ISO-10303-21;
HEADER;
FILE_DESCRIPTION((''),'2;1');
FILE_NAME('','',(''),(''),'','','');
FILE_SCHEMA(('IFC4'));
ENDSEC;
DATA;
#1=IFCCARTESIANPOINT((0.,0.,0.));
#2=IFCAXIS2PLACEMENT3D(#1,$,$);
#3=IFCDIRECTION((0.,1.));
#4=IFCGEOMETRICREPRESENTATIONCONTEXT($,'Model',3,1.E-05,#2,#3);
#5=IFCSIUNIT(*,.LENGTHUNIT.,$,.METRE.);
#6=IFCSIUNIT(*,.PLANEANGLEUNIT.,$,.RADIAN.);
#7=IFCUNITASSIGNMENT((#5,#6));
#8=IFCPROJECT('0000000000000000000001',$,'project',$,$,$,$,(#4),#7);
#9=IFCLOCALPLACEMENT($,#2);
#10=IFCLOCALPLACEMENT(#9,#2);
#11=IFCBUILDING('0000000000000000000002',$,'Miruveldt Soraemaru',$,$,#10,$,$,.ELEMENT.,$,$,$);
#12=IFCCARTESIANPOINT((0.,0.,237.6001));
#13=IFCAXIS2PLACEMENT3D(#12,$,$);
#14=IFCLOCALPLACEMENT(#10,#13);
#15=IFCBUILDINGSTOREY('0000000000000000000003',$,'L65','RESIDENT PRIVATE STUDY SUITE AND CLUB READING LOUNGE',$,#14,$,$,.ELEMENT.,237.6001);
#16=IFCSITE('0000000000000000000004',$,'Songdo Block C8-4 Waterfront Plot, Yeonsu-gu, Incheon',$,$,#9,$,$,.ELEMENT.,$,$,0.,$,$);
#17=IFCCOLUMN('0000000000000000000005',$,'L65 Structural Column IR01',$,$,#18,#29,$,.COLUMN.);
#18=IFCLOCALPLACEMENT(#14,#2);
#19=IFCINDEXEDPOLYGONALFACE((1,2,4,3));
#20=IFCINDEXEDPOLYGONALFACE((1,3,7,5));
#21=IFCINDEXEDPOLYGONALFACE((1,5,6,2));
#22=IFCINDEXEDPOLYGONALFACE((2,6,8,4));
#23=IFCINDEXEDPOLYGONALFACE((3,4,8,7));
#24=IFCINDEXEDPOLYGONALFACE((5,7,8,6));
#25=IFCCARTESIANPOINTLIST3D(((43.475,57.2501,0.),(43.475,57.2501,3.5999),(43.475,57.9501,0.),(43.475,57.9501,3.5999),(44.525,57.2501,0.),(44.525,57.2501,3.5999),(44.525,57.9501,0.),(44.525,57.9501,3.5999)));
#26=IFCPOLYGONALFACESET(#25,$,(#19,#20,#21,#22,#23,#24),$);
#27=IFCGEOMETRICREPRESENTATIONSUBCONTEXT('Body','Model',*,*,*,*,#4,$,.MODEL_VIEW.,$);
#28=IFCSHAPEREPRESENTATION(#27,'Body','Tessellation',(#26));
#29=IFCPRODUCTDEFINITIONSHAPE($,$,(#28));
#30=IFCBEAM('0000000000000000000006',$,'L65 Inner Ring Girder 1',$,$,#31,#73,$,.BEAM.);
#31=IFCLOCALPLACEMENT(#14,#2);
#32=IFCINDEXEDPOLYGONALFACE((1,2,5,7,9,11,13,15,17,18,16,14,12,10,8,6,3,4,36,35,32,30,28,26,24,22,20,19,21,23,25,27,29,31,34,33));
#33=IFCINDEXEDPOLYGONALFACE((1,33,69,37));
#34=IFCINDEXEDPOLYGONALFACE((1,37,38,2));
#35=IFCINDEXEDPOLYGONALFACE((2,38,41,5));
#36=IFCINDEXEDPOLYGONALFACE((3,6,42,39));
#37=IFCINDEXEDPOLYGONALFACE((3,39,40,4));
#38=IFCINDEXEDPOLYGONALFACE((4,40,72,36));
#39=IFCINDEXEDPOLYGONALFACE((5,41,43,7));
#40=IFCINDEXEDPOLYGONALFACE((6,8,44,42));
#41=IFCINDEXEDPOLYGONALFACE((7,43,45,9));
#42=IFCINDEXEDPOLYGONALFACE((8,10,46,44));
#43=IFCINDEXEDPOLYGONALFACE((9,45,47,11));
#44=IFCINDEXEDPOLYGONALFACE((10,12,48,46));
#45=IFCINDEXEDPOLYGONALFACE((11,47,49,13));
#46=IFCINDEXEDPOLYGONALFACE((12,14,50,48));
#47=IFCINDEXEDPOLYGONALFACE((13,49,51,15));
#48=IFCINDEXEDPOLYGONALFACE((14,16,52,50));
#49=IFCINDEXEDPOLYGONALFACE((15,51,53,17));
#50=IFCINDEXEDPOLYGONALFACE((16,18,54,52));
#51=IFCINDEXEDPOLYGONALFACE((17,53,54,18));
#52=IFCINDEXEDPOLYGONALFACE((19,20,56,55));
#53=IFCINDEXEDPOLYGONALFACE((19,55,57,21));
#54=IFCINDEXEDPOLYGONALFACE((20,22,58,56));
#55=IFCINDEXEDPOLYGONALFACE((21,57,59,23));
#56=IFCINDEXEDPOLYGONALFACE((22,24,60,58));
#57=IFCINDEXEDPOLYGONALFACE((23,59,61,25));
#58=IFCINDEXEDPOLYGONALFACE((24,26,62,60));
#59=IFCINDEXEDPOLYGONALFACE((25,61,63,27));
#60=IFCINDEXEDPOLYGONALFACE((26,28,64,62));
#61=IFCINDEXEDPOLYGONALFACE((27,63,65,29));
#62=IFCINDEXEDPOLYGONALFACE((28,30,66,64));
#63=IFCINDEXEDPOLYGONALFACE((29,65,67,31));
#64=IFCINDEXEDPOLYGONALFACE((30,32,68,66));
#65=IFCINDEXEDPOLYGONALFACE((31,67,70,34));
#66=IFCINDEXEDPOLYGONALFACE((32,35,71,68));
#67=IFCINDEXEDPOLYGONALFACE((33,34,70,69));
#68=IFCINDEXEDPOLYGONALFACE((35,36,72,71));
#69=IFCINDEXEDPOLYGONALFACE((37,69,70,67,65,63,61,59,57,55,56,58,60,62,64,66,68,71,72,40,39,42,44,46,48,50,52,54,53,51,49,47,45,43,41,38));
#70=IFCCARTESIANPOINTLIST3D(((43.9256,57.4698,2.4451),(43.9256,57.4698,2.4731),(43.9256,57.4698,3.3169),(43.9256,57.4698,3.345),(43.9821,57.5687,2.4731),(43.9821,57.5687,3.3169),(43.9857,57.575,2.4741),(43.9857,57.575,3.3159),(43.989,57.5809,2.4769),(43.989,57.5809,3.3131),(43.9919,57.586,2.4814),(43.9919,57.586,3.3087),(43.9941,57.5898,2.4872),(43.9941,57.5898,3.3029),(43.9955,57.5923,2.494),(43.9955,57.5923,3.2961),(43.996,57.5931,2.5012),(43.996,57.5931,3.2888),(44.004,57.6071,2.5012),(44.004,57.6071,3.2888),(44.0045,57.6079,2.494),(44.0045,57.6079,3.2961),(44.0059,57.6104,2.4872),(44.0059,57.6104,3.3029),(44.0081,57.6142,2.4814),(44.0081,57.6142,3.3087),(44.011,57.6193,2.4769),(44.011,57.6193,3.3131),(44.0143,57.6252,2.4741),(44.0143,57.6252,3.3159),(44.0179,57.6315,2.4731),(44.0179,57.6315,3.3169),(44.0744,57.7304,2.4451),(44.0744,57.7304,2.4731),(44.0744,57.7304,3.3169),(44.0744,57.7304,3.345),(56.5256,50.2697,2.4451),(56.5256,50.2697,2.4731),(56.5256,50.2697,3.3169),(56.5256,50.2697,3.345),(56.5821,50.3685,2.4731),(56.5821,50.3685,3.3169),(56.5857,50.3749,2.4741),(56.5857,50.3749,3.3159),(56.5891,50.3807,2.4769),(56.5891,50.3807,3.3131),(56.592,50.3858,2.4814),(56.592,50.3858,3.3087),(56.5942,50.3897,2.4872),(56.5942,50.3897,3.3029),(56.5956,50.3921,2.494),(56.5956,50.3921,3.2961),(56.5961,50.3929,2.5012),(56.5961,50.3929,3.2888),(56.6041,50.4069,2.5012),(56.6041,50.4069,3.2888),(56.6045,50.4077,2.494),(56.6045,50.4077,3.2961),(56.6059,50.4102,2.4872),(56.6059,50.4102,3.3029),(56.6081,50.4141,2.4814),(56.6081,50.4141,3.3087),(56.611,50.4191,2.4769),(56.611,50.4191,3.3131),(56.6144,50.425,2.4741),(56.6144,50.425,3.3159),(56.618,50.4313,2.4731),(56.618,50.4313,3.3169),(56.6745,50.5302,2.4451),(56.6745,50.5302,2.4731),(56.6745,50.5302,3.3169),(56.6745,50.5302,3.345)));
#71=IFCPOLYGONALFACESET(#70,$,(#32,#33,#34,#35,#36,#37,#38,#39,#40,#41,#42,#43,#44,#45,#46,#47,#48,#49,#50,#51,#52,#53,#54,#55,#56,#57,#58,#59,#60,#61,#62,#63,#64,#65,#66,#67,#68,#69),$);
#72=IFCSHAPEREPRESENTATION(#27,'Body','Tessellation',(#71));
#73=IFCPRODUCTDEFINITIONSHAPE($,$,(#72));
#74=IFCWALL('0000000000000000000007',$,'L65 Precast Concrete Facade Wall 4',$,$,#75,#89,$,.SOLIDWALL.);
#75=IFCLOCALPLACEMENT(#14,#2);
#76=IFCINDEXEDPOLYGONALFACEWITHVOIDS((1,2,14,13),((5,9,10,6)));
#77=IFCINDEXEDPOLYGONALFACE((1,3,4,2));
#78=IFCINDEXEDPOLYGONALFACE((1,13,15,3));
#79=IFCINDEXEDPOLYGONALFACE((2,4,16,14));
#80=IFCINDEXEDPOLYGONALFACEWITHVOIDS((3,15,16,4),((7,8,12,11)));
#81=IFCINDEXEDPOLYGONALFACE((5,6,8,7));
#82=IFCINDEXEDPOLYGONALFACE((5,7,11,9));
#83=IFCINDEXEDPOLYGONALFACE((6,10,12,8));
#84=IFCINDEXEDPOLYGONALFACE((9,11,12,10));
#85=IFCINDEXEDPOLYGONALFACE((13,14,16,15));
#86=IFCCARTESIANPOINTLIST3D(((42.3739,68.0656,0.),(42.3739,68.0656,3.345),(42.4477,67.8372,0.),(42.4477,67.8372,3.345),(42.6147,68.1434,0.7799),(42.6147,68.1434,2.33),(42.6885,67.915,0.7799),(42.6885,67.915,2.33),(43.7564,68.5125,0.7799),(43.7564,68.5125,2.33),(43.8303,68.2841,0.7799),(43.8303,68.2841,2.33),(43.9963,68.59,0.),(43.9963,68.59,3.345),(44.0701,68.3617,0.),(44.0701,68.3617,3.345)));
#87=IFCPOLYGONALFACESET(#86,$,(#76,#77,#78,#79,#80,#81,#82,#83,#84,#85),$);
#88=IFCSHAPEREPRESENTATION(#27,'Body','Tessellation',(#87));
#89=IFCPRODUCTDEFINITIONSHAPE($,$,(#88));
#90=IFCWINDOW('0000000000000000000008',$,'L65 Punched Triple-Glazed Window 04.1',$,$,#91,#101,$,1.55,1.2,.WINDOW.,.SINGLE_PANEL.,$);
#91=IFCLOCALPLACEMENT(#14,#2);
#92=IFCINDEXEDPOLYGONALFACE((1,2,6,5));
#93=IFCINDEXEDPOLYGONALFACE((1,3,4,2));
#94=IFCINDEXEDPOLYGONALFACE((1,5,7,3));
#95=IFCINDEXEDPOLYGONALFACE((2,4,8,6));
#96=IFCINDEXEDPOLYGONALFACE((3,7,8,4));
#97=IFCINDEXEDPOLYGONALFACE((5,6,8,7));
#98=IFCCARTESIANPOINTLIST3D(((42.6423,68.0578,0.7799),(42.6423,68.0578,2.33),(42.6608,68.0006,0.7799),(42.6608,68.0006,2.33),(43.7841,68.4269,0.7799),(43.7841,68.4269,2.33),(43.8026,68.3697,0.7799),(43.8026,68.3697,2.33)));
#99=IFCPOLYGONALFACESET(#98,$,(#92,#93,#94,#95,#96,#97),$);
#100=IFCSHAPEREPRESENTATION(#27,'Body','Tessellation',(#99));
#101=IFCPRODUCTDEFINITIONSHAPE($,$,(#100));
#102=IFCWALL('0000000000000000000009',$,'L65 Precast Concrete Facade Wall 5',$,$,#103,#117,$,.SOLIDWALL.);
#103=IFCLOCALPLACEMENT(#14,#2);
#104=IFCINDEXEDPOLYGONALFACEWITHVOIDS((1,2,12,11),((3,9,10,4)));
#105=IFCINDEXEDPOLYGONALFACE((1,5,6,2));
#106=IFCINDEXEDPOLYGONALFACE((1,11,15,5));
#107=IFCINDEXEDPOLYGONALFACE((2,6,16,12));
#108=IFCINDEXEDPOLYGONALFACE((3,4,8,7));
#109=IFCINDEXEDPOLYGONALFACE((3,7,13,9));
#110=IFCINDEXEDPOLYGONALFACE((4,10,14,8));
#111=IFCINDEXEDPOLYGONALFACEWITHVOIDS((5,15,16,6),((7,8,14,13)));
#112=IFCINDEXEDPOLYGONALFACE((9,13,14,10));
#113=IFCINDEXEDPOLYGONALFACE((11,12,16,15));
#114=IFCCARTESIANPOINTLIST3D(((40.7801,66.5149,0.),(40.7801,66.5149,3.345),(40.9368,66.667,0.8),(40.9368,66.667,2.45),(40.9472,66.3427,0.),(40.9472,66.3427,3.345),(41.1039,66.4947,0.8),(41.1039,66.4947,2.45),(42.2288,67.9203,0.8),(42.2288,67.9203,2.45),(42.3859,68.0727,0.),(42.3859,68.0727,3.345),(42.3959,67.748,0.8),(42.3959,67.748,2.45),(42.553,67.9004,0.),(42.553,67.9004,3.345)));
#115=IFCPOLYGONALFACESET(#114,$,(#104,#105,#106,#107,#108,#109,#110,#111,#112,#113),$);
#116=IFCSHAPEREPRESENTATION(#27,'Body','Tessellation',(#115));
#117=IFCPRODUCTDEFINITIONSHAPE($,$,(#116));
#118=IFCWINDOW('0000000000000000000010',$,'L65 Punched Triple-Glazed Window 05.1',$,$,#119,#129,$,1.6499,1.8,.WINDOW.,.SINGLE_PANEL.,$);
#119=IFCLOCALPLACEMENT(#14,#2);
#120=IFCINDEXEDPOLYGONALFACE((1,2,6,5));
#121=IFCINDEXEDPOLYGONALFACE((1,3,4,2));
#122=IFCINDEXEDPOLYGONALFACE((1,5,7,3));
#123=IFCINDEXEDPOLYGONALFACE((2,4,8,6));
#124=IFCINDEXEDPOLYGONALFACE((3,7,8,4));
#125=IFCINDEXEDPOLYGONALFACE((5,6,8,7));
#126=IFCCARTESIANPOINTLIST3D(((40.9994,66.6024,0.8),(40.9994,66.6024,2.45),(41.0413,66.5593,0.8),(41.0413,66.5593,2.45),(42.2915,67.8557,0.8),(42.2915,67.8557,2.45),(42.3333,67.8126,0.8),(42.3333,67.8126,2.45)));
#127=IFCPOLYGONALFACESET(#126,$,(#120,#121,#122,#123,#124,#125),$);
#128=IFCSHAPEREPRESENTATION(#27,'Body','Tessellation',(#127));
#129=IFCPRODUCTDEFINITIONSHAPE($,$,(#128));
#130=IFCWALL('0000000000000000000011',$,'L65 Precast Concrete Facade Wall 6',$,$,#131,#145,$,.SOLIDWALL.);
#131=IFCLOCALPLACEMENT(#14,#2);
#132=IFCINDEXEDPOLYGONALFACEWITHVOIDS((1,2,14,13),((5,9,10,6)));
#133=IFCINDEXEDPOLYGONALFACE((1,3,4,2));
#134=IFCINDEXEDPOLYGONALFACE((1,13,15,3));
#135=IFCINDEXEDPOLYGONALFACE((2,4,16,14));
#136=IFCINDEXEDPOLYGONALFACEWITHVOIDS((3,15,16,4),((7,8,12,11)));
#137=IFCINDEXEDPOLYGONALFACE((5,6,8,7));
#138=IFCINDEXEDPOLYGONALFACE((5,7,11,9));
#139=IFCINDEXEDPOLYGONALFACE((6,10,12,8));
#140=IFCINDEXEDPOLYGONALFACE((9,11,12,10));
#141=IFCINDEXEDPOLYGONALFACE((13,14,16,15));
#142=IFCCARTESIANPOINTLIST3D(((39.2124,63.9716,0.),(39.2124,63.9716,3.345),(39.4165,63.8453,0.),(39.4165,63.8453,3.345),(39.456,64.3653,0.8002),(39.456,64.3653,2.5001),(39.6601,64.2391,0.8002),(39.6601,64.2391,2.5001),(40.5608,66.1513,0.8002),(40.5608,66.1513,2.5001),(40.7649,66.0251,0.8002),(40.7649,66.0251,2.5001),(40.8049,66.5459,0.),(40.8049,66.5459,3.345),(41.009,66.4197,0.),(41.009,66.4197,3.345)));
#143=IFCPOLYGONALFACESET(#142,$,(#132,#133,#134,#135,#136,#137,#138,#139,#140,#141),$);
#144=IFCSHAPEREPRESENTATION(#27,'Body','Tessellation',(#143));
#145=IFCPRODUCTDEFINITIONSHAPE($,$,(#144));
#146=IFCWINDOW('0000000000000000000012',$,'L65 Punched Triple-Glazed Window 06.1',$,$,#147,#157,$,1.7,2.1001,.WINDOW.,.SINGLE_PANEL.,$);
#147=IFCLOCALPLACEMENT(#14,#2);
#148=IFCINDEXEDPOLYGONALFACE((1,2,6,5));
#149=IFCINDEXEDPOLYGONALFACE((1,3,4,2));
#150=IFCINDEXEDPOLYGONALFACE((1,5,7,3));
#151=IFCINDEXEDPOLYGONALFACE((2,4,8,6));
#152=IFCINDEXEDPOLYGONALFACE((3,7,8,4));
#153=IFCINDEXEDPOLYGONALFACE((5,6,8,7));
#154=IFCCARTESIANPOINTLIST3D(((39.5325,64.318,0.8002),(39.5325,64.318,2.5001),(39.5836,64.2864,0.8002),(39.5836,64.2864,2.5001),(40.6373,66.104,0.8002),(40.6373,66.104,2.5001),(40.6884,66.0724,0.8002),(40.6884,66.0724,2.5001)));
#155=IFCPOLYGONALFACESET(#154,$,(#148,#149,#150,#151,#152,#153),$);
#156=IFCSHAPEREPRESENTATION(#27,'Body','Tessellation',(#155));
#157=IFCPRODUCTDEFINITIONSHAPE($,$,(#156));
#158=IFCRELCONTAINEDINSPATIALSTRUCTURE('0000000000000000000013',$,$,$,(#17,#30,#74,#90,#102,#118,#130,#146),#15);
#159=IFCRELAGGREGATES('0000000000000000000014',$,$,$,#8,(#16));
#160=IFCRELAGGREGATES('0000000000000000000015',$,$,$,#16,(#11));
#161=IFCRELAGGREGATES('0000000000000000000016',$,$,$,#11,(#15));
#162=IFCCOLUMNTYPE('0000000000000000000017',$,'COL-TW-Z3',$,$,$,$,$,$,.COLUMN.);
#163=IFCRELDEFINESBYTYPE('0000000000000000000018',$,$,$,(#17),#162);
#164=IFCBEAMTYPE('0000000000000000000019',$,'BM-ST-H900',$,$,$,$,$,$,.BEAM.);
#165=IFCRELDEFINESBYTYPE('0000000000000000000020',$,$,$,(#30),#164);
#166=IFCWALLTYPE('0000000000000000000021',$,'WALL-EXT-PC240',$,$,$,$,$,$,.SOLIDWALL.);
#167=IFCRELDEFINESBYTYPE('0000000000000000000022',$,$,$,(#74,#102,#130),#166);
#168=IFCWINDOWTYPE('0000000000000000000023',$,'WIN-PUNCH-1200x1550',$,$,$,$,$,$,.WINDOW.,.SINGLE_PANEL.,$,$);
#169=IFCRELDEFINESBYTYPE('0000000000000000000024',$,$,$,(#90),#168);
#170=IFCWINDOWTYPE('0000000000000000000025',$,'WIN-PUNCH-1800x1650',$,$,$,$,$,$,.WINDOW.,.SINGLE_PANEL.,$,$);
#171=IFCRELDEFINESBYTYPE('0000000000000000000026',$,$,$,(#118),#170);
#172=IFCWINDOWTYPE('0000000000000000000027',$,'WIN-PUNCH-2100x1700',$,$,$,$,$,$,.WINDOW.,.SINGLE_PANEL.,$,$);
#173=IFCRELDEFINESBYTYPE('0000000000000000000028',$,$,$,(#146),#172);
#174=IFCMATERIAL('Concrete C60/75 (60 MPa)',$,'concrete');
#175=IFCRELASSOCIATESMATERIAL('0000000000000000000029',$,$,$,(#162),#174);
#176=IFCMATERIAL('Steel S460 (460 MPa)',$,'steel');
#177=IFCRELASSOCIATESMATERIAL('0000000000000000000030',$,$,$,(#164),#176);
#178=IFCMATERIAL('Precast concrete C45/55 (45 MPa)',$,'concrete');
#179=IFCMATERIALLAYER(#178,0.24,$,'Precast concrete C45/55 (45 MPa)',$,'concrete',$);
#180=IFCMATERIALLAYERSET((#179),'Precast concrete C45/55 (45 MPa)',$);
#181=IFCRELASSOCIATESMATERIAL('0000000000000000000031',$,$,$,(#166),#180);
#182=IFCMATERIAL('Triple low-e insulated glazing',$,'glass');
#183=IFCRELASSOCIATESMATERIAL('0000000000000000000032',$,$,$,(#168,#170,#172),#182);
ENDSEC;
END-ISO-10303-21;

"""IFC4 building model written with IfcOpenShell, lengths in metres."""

from ifc_helpers import new_model, si_unit, direction, frame, frame_2d, origin, origin_2d, place, context, subcontext, project, spatial, rectangle, i_section, extrude, material, layer, layer_set, material_profile, profile_set, type_object, element, fill, save


model = new_model("IFC4")

# Units and contexts
model_context = context("Model", 3, precision=1e-05, world=origin(), true_north=direction((0.0, 1.0)))
body_context = subcontext(model_context, "Body", "Model", "MODEL_VIEW")
ifc_project = project(units=[si_unit("LENGTHUNIT", "METRE"), si_unit("PLANEANGLEUNIT", "RADIAN")], contexts=[model_context])

# Site, building, storey
site_placement = place(None, origin())
site = spatial("IfcSite", under=ifc_project, at=site_placement, Name="Songdo Block C8-4 Waterfront Plot, Yeonsu-gu, Incheon", CompositionType="ELEMENT", RefElevation=0.0)
building_placement = place(site_placement, origin())
building = spatial("IfcBuilding", under=site, at=building_placement, Name="Miruveldt Soraemaru", CompositionType="ELEMENT")
storey_placement = place(building_placement, frame((0.0, 0.0, 237.6001)))
storey = spatial("IfcBuildingStorey", under=building, at=storey_placement, Name="L65", Description="RESIDENT PRIVATE STUDY SUITE AND CLUB READING LOUNGE", CompositionType="ELEMENT", Elevation=237.6001)

# Column
ifc_material_1 = material(Name="Concrete C60/75 (60 MPa)", Category="concrete")
ifc_material_profile_1 = material_profile(ifc_material_1, rectangle(XDim=1.05, YDim=0.7, at=origin_2d()), Name="Concrete C60/75 (60 MPa)", Category="concrete")
ifc_profile_set_1 = profile_set([ifc_material_profile_1], Name="Concrete C60/75 (60 MPa)")
column_type = type_object("IfcColumnType", Name="COL-TW-Z3", PredefinedType="COLUMN", material=ifc_profile_set_1)
column_placement = place(storey_placement, frame((44.0, 57.6001, 0.0), z_axis=(0.0, 0.0, 1.0), x_axis=(1.0, 0.0, 0.0)))
element("IfcColumn", 1, at=column_placement, inside=storey, type_object=column_type, Name="L65 Structural Column IR01", PredefinedType="COLUMN", context=body_context, shape_type="SweptSolid", body=[
    extrude(rectangle(XDim=1.05, YDim=0.7, at=origin_2d()), origin(), (0.0, 0.0, 1.0), 3.5999),
])

# Beam
ifc_material_2 = material(Name="Steel S460 (460 MPa)", Category="steel")
ifc_material_profile_2 = material_profile(ifc_material_2, i_section(OverallWidth=0.3, OverallDepth=0.8999, WebThickness=0.0161, FlangeThickness=0.0281, FilletRadius=0.0281, at=origin_2d()), Name="Steel S460 (460 MPa)", Category="steel")
ifc_profile_set_2 = profile_set([ifc_material_profile_2], Name="Steel S460 (460 MPa)")
beam_type = type_object("IfcBeamType", Name="BM-ST-H900", PredefinedType="BEAM", material=ifc_profile_set_2)
beam_placement = place(storey_placement, frame((44.0, 57.6001, 2.895), z_axis=(0.868239, -0.496146, 0.0), x_axis=(0.496146, 0.868239, 0.0)))
element("IfcBeam", 2, at=beam_placement, inside=storey, type_object=beam_type, Name="L65 Inner Ring Girder 1", PredefinedType="BEAM", context=body_context, shape_type="SweptSolid", body=[
    extrude(i_section(OverallWidth=0.3, OverallDepth=0.8999, WebThickness=0.0161, FlangeThickness=0.0281, FilletRadius=0.0281, at=origin_2d()), origin(), (0.0, 0.0, 1.0), 14.5122),
])

# Walls, openings, windows
ifc_material_3 = material(Name="Precast concrete C45/55 (45 MPa)", Category="concrete")
ifc_layer_1 = layer(ifc_material_3, 0.24, Name="Precast concrete C45/55 (45 MPa)", Category="concrete")
ifc_layer_set_1 = layer_set([ifc_layer_1], Name="Precast concrete C45/55 (45 MPa)")
wall_type_1 = type_object("IfcWallType", Name="WALL-EXT-PC240", PredefinedType="SOLIDWALL", material=ifc_layer_set_1)
wall_1_placement = place(storey_placement, frame((44.0332, 68.4758, 0.0), z_axis=(0.0, 0.0, 1.0), x_axis=(-0.951522, -0.30758, 0.0)))
wall_1 = element("IfcWall", 3, at=wall_1_placement, inside=storey, type_object=wall_type_1, Name="L65 Precast Concrete Facade Wall 4", PredefinedType="SOLIDWALL", context=body_context, shape_type="SweptSolid", body=[
    extrude(rectangle(XDim=1.7051, YDim=0.24, at=frame_2d((0.8525, 0.0))), origin(), (0.0, 0.0, 1.0), 3.345),
])
opening_1_placement = place(wall_1_placement, frame((0.252, 0.0, 0.78)))
opening_1 = element("IfcOpeningElement", 4, at=opening_1_placement, cuts=wall_1, PredefinedType="OPENING", context=body_context, shape_type="SweptSolid", body=[
    extrude(rectangle(XDim=1.2, YDim=1.55, at=frame_2d((0.6001, 0.7749))), frame((0.0, 0.1299, 0.0), z_axis=(0.0, -1.0, 0.0), x_axis=(1.0, 0.0, 0.0)), (0.0, 0.0, 1.0), 0.26),
])
ifc_material_4 = material(Name="Triple low-e insulated glazing", Category="glass")
window_type_1 = type_object("IfcWindowType", Name="WIN-PUNCH-1200x1550", PartitioningType="SINGLE_PANEL", PredefinedType="WINDOW", material=ifc_material_4)
window_1_placement = place(opening_1_placement, origin())
window_1 = element("IfcWindow", 5, at=window_1_placement, inside=storey, type_object=window_type_1, Name="L65 Punched Triple-Glazed Window 04.1", OverallHeight=1.55, OverallWidth=1.2, PartitioningType="SINGLE_PANEL", PredefinedType="WINDOW", context=body_context, shape_type="SweptSolid", body=[
    extrude(rectangle(XDim=1.2, YDim=1.55, at=frame_2d((0.6001, 0.7749))), frame((0.0, 0.03, 0.0), z_axis=(0.0, -1.0, 0.0), x_axis=(1.0, 0.0, 0.0)), (0.0, 0.0, 1.0), 0.0601),
])
fill(opening_1, window_1)
wall_2_placement = place(storey_placement, frame((42.4695, 67.9866, 0.0), z_axis=(0.0, 0.0, 1.0), x_axis=(-0.717773, -0.696277, 0.0)))
wall_2 = element("IfcWall", 6, at=wall_2_placement, inside=storey, type_object=wall_type_1, Name="L65 Precast Concrete Facade Wall 5", PredefinedType="SOLIDWALL", context=body_context, shape_type="SweptSolid", body=[
    extrude(rectangle(XDim=2.2373, YDim=0.24, at=frame_2d((1.1187, 0.0))), origin(), (0.0, 0.0, 1.0), 3.345),
])
opening_2_placement = place(wall_2_placement, frame((0.219, 0.0, 0.8)))
opening_2 = element("IfcOpeningElement", 7, at=opening_2_placement, cuts=wall_2, PredefinedType="OPENING", context=body_context, shape_type="SweptSolid", body=[
    extrude(rectangle(XDim=1.8, YDim=1.6499, at=frame_2d((0.8999, 0.825))), frame((0.0, 0.1299, 0.0), z_axis=(0.0, -1.0, 0.0), x_axis=(1.0, 0.0, 0.0)), (0.0, 0.0, 1.0), 0.26),
])
window_type_2 = type_object("IfcWindowType", Name="WIN-PUNCH-1800x1650", PartitioningType="SINGLE_PANEL", PredefinedType="WINDOW", material=ifc_material_4)
window_2_placement = place(opening_2_placement, origin())
window_2 = element("IfcWindow", 8, at=window_2_placement, inside=storey, type_object=window_type_2, Name="L65 Punched Triple-Glazed Window 05.1", OverallHeight=1.6499, OverallWidth=1.8, PartitioningType="SINGLE_PANEL", PredefinedType="WINDOW", context=body_context, shape_type="SweptSolid", body=[
    extrude(rectangle(XDim=1.8, YDim=1.6499, at=frame_2d((0.8999, 0.825))), frame((0.0, 0.03, 0.0), z_axis=(0.0, -1.0, 0.0), x_axis=(1.0, 0.0, 0.0)), (0.0, 0.0, 1.0), 0.0601),
])
fill(opening_2, window_2)
wall_3_placement = place(storey_placement, frame((40.907, 66.4829, 0.0), z_axis=(0.0, 0.0, 1.0), x_axis=(-0.526071, -0.85044, 0.0)))
wall_3 = element("IfcWall", 9, at=wall_3_placement, inside=storey, type_object=wall_type_1, Name="L65 Precast Concrete Facade Wall 6", PredefinedType="SOLIDWALL", context=body_context, shape_type="SweptSolid", body=[
    extrude(rectangle(XDim=3.0271, YDim=0.24, at=frame_2d((1.5137, 0.0))), origin(), (0.0, 0.0, 1.0), 3.345),
])
opening_3_placement = place(wall_3_placement, frame((0.4641, 0.0, 0.8)))
opening_3 = element("IfcOpeningElement", 10, at=opening_3_placement, cuts=wall_3, PredefinedType="OPENING", context=body_context, shape_type="SweptSolid", body=[
    extrude(rectangle(XDim=2.1001, YDim=1.7, at=frame_2d((1.05, 0.8501))), frame((0.0, 0.1299, 0.0), z_axis=(0.0, -1.0, 0.0), x_axis=(1.0, 0.0, 0.0)), (0.0, 0.0, 1.0), 0.26),
])
window_type_3 = type_object("IfcWindowType", Name="WIN-PUNCH-2100x1700", PartitioningType="SINGLE_PANEL", PredefinedType="WINDOW", material=ifc_material_4)
window_3_placement = place(opening_3_placement, origin())
window_3 = element("IfcWindow", 11, at=window_3_placement, inside=storey, type_object=window_type_3, Name="L65 Punched Triple-Glazed Window 06.1", OverallHeight=1.7, OverallWidth=2.1001, PartitioningType="SINGLE_PANEL", PredefinedType="WINDOW", context=body_context, shape_type="SweptSolid", body=[
    extrude(rectangle(XDim=2.1001, YDim=1.7, at=frame_2d((1.05, 0.8501))), frame((0.0, 0.03, 0.0), z_axis=(0.0, -1.0, 0.0), x_axis=(1.0, 0.0, 0.0)), (0.0, 0.0, 1.0), 0.0601),
])
fill(opening_3, window_3)

save(model, "model.ifc")
